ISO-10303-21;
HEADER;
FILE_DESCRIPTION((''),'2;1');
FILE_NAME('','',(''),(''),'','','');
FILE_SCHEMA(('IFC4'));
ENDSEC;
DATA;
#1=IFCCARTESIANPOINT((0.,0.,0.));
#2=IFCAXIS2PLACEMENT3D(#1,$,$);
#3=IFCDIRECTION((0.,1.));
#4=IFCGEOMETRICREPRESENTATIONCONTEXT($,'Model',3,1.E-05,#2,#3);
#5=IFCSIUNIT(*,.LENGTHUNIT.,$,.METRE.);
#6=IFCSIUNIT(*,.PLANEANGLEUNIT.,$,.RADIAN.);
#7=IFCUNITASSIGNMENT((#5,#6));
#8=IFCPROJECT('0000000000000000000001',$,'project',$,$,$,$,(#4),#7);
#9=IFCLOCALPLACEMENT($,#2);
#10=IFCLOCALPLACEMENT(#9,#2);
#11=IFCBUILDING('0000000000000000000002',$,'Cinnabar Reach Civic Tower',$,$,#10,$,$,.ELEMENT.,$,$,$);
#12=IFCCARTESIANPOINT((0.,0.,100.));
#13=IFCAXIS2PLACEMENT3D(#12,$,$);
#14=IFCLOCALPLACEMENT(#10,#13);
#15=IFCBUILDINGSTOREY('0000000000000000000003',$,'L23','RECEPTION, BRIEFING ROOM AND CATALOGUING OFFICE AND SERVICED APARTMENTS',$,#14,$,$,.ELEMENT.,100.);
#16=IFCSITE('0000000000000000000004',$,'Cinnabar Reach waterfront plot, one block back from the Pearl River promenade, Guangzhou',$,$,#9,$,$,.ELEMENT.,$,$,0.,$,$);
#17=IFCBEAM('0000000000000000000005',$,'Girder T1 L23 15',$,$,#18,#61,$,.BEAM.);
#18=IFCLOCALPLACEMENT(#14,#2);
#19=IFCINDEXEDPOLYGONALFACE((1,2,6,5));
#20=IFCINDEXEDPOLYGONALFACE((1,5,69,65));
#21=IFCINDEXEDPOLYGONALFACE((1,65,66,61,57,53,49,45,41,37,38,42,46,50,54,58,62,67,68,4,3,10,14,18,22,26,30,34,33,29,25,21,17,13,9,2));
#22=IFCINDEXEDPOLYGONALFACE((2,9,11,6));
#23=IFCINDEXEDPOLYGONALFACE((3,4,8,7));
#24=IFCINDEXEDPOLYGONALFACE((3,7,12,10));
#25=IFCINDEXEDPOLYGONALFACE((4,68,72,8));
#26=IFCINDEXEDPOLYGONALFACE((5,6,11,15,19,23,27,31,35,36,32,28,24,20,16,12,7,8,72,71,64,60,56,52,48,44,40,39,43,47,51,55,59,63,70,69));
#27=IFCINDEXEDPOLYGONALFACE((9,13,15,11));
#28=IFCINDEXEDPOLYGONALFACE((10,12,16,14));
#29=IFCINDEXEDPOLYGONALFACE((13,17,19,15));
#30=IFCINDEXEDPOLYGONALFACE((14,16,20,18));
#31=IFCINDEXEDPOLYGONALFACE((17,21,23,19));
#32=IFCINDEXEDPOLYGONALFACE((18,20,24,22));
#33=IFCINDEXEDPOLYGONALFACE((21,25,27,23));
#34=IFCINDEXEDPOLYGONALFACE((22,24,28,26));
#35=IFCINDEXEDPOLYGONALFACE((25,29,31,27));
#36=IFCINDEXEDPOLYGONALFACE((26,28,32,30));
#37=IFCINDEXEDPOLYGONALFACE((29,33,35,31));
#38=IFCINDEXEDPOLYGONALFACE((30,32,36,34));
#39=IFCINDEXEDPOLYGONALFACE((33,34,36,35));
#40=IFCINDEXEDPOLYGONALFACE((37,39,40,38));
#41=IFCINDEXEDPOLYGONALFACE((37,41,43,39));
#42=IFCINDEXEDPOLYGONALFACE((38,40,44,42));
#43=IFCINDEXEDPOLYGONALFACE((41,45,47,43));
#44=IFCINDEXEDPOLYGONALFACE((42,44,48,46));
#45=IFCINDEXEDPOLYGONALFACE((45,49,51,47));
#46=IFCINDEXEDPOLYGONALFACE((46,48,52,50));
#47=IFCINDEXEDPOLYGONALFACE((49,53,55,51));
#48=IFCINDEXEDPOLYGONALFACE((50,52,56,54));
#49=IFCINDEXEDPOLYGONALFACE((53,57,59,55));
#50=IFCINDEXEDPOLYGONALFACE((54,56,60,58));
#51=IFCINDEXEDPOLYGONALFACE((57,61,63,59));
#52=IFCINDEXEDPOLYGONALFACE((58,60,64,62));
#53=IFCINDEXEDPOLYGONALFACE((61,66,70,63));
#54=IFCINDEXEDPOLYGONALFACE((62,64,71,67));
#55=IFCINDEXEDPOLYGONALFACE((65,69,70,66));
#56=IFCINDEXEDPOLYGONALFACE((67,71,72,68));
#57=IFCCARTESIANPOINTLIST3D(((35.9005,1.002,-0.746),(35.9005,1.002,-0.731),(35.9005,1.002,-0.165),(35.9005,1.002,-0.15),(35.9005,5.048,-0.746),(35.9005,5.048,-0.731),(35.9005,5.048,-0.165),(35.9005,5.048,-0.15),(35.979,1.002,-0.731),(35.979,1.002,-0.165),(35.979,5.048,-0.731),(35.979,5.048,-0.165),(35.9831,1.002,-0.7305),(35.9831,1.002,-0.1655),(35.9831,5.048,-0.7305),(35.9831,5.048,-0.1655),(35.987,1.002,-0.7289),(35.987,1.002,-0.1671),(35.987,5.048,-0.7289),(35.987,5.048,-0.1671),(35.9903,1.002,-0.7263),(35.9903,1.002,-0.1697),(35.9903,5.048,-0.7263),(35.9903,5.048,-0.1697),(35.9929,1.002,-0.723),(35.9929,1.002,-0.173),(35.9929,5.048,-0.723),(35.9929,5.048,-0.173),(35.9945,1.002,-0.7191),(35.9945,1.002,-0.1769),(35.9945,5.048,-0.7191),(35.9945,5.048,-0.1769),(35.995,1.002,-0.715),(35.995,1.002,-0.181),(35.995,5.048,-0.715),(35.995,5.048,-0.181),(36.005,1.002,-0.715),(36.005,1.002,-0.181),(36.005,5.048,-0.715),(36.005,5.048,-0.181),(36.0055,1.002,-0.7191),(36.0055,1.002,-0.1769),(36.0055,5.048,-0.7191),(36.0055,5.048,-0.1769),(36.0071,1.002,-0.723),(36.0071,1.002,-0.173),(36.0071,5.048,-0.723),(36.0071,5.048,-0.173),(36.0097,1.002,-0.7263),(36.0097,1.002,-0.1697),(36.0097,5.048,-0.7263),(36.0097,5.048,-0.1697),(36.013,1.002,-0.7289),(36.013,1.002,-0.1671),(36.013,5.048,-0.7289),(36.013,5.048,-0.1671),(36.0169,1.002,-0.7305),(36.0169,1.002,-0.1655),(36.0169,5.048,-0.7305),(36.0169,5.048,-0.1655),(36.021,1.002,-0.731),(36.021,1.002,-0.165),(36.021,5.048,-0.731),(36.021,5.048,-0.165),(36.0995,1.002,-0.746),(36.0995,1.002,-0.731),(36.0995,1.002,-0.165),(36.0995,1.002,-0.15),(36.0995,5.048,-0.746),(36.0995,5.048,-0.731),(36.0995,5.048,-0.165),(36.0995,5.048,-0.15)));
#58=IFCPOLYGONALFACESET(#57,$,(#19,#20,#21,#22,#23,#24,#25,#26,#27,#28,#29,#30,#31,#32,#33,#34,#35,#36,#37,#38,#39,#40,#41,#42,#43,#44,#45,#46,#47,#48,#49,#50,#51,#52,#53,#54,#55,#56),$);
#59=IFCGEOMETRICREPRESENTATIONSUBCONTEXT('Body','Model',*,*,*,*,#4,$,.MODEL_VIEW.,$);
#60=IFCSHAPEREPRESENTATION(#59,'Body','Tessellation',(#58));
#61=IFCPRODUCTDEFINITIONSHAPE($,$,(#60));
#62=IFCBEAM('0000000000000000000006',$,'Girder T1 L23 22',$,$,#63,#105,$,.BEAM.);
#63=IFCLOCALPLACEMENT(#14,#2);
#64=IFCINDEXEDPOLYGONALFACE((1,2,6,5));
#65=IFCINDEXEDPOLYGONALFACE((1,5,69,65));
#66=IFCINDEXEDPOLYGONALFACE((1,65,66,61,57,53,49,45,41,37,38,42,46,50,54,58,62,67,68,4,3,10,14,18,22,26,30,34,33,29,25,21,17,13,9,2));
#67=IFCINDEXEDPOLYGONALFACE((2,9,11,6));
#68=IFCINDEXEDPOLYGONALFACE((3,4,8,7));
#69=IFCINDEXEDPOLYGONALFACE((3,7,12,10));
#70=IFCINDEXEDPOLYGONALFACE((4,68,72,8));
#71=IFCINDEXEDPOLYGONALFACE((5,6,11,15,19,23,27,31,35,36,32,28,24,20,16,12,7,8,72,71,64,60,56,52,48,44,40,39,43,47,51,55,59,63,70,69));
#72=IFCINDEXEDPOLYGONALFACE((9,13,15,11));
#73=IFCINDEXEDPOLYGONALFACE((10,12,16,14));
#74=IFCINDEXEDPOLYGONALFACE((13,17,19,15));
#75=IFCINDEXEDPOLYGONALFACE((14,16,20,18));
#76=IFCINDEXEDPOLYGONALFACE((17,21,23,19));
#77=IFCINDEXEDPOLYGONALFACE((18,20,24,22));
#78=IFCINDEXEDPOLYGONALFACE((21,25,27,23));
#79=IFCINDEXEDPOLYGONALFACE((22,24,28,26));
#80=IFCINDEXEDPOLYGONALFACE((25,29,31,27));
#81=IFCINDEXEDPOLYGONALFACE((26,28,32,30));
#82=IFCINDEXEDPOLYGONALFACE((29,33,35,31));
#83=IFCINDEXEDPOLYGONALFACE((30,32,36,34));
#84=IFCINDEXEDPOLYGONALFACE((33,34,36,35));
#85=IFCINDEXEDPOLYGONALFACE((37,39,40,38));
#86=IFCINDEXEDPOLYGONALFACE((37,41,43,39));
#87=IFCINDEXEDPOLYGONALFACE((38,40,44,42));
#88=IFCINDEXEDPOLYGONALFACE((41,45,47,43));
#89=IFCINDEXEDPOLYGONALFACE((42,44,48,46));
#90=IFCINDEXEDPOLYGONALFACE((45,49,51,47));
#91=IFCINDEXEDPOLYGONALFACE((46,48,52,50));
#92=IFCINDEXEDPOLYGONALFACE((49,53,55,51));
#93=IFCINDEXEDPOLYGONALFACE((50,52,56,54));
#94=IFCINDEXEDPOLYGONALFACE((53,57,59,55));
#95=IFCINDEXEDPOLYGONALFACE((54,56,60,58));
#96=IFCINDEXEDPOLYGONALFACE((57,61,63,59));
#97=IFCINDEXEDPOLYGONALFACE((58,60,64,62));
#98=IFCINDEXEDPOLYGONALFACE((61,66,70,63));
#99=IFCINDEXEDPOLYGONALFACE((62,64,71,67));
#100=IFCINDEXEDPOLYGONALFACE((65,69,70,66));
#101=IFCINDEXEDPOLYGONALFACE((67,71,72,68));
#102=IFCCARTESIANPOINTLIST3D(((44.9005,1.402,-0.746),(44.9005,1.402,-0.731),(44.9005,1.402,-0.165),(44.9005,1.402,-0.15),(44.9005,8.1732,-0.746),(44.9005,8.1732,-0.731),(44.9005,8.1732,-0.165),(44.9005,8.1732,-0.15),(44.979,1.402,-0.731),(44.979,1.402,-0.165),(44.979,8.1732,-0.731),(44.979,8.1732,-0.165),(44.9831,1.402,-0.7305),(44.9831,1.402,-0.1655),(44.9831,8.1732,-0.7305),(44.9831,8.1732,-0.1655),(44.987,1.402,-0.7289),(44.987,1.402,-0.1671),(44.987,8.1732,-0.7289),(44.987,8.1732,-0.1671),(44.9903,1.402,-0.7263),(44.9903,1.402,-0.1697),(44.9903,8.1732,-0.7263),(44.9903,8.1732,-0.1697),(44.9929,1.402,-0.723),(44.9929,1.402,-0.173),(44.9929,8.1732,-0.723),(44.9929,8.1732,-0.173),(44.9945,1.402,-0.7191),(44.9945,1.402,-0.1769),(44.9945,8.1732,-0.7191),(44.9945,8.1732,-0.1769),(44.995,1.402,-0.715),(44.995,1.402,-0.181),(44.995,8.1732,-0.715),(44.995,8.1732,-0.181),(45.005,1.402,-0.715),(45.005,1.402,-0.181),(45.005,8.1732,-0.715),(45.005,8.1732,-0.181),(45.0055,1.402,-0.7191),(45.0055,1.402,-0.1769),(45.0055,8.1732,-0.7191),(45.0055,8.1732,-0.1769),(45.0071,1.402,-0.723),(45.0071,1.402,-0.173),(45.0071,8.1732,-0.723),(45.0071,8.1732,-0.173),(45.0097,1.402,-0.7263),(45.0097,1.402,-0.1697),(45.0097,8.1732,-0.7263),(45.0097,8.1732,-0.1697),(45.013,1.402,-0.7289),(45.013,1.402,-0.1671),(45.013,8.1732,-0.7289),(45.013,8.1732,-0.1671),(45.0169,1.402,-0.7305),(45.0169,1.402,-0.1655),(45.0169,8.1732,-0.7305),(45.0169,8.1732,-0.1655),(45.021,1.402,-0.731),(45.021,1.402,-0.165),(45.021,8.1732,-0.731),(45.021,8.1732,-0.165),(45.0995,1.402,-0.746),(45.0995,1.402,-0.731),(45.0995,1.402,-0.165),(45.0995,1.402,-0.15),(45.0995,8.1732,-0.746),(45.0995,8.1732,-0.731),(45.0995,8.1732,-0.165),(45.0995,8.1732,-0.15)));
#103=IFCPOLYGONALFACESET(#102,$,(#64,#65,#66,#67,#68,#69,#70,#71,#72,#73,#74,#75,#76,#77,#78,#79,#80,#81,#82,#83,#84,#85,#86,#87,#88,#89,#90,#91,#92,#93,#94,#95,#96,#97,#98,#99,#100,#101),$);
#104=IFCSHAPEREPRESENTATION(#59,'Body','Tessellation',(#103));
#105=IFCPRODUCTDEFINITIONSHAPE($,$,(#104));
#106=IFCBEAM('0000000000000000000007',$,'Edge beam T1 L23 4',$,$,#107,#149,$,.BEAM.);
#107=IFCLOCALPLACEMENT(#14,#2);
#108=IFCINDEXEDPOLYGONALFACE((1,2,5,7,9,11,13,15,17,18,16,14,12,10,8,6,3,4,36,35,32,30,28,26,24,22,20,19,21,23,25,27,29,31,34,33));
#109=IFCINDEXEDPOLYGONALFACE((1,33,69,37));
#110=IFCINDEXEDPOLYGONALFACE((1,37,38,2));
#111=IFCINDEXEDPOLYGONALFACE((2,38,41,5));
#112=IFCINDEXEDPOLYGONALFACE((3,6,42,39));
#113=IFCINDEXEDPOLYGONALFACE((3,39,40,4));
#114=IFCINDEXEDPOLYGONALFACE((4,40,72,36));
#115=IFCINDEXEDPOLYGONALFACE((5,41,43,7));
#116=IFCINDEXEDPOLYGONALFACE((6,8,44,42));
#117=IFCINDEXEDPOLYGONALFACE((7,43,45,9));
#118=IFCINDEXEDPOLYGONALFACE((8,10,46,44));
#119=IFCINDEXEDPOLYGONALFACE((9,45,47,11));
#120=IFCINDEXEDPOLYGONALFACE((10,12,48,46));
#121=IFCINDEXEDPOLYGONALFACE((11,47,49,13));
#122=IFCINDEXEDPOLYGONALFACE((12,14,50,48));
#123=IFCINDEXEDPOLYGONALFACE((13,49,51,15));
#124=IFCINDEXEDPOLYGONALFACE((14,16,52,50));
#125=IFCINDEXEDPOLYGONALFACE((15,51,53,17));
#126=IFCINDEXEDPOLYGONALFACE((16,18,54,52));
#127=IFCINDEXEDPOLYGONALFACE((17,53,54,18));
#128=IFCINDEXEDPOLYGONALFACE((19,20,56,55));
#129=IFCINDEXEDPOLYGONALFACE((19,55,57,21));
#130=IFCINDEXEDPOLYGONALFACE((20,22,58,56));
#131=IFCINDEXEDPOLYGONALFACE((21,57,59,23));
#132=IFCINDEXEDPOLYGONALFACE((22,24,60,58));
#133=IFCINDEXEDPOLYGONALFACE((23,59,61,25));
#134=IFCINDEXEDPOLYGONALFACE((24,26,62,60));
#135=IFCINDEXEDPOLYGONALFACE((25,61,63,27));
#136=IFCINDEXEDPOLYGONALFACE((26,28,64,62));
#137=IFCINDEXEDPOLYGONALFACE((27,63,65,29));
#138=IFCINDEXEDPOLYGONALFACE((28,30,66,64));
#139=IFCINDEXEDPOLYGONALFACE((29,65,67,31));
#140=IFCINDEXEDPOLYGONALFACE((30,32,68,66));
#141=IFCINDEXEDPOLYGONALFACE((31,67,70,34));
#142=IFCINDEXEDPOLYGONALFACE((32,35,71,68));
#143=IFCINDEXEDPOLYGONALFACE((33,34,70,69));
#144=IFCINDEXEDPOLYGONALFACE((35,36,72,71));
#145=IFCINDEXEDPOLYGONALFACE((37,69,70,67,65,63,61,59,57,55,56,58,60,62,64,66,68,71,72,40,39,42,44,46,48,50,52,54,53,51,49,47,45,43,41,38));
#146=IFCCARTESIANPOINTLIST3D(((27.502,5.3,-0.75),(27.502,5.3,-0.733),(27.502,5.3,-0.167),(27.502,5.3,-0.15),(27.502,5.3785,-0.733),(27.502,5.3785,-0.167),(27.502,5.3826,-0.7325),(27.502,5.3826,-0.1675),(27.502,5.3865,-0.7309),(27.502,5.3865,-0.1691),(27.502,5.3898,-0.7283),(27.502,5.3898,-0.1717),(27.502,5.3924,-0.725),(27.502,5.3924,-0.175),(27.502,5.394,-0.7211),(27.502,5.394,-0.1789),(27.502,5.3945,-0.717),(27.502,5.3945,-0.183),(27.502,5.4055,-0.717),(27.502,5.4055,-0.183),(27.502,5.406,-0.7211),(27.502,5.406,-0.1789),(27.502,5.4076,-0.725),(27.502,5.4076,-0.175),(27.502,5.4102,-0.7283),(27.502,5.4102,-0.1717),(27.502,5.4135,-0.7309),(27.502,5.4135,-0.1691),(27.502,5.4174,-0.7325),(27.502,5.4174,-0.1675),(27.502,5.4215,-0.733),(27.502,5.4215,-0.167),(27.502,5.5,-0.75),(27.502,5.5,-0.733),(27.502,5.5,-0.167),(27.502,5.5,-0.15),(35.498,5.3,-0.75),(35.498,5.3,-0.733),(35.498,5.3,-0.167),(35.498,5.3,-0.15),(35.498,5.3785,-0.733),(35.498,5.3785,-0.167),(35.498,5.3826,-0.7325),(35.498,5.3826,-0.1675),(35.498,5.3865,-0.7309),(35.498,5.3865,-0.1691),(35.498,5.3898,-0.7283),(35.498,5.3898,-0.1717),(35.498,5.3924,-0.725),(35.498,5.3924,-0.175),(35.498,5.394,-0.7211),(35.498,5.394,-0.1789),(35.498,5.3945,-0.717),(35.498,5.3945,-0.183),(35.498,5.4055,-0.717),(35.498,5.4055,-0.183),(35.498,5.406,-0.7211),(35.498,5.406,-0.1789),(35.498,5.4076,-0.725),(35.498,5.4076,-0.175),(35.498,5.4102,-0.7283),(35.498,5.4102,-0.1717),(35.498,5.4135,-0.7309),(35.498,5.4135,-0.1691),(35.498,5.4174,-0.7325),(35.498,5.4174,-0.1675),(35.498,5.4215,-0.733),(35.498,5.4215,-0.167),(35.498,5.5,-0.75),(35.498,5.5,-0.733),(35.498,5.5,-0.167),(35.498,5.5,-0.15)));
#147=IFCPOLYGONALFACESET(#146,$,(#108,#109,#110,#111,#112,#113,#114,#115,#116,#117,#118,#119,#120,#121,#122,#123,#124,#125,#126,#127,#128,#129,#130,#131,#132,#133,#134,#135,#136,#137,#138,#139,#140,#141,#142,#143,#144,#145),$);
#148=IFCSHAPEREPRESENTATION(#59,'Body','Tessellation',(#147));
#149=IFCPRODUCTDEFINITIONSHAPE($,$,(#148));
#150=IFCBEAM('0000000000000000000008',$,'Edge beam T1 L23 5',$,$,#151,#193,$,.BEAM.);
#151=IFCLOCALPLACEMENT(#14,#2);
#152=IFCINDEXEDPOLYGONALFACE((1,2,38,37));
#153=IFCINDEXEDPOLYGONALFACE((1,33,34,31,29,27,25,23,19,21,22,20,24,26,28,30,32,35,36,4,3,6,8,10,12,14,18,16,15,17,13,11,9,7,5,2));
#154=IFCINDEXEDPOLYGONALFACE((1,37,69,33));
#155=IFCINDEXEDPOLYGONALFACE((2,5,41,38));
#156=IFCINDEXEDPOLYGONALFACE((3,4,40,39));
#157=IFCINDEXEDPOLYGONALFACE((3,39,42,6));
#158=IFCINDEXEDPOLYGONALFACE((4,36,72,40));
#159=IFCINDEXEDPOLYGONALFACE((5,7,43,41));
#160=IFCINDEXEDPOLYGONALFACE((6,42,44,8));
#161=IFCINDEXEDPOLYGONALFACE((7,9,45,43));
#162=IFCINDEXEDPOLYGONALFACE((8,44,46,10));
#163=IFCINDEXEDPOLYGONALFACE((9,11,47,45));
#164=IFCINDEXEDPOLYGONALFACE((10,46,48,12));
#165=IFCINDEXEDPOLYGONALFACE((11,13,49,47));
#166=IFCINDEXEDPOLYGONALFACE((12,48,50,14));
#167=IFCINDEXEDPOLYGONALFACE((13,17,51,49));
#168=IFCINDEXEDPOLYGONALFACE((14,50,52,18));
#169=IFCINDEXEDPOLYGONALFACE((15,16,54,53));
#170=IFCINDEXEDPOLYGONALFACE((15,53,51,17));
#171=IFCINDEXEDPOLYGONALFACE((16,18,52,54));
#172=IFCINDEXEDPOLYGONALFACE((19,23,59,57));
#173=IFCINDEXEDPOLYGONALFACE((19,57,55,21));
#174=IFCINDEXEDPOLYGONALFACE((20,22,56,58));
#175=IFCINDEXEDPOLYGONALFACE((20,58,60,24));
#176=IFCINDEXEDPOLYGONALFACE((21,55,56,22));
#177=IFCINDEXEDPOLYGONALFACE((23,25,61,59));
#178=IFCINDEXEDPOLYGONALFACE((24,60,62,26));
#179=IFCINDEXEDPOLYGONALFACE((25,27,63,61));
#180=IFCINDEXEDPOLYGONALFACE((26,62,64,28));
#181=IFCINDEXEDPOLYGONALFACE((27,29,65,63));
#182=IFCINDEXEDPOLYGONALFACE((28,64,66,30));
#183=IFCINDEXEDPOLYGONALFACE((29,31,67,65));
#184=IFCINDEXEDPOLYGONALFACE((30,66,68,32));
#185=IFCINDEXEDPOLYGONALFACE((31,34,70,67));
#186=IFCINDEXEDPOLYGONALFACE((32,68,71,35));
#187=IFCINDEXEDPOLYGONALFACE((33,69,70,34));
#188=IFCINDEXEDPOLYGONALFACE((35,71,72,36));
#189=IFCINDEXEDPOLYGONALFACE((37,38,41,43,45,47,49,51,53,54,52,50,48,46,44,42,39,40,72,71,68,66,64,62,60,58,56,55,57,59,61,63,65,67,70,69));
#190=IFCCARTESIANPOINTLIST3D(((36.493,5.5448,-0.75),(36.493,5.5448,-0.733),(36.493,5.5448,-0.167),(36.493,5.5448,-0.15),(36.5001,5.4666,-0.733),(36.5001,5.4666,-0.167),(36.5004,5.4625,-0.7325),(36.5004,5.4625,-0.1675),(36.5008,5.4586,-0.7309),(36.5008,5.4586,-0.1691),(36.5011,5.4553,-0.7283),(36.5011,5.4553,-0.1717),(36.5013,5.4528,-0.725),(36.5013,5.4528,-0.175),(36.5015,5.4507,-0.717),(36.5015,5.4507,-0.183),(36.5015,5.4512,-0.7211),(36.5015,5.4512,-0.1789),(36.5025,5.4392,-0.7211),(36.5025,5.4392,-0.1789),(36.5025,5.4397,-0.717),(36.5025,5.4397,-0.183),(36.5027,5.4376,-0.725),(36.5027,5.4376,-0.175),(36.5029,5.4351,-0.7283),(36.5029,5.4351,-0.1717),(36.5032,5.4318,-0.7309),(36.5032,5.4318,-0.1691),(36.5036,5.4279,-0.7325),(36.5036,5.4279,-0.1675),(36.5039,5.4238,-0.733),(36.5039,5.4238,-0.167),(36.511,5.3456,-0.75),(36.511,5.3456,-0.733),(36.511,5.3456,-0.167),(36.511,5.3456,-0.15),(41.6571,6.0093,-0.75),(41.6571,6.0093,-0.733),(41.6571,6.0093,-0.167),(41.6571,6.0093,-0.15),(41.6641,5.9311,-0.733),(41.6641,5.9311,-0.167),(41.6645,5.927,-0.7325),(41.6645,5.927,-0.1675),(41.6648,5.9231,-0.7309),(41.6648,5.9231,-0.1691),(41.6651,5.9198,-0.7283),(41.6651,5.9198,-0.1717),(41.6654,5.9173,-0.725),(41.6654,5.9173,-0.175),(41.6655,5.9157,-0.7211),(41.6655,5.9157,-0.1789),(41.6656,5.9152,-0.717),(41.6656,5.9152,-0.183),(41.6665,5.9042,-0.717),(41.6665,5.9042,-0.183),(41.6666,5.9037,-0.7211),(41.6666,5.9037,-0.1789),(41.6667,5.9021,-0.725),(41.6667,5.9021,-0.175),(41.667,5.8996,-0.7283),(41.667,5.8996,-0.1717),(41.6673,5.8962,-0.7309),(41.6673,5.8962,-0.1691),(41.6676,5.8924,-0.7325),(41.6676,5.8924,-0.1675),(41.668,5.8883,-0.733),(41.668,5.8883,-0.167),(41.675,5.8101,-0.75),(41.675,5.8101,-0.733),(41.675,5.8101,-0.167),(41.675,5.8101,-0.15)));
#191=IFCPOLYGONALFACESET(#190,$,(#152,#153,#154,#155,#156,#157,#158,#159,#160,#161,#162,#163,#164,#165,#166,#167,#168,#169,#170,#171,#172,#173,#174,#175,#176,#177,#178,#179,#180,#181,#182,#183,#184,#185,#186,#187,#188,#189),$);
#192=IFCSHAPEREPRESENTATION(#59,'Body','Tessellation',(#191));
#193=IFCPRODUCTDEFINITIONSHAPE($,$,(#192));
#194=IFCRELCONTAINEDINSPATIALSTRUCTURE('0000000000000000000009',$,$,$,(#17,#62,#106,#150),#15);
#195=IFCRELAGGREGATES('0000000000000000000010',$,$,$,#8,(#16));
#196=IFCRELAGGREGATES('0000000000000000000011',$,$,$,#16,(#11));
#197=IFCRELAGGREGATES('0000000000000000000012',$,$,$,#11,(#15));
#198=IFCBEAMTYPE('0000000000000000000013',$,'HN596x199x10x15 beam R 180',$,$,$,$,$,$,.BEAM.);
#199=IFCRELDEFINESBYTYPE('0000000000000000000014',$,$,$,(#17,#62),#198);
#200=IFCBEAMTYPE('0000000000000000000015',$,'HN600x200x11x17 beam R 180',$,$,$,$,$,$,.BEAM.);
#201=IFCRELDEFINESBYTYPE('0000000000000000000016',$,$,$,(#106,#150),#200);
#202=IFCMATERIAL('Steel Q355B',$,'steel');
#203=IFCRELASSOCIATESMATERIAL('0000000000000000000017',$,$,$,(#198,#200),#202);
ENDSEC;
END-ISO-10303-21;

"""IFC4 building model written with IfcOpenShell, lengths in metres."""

from ifc_helpers import new_model, si_unit, direction, frame, origin, origin_2d, place, context, subcontext, project, spatial, i_section, extrude, material, material_profile, profile_set, type_object, element, save


model = new_model("IFC4")

# Units and contexts
model_context = context("Model", 3, precision=1e-05, world=origin(), true_north=direction((0.0, 1.0)))
body_context = subcontext(model_context, "Body", "Model", "MODEL_VIEW")
ifc_project = project(units=[si_unit("LENGTHUNIT", "METRE"), si_unit("PLANEANGLEUNIT", "RADIAN")], contexts=[model_context])

# Site, building, storey
site_placement = place(None, origin())
site = spatial("IfcSite", under=ifc_project, at=site_placement, Name="Cinnabar Reach waterfront plot, one block back from the Pearl River promenade, Guangzhou", CompositionType="ELEMENT", RefElevation=0.0)
building_placement = place(site_placement, origin())
building = spatial("IfcBuilding", under=site, at=building_placement, Name="Cinnabar Reach Civic Tower", CompositionType="ELEMENT")
storey_placement = place(building_placement, frame((0.0, 0.0, 100.0)))
storey = spatial("IfcBuildingStorey", under=building, at=storey_placement, Name="L23", Description="RECEPTION, BRIEFING ROOM AND CATALOGUING OFFICE AND SERVICED APARTMENTS", CompositionType="ELEMENT", Elevation=100.0)

# Beams
ifc_material_1 = material(Name="Steel Q355B", Category="steel")
ifc_material_profile_1 = material_profile(ifc_material_1, i_section(OverallWidth=0.199, OverallDepth=0.596, WebThickness=0.01, FlangeThickness=0.015, FilletRadius=0.016, at=origin_2d()), Name="HN596x199x10x15")
ifc_profile_set_1 = profile_set([ifc_material_profile_1], Name="Steel Q355B")
beam_type_1 = type_object("IfcBeamType", Name="HN596x199x10x15 beam R 180", PredefinedType="BEAM", material=ifc_profile_set_1)
beam_1_placement = place(storey_placement, frame((36.0, 1.002, -0.448), z_axis=(0.0, 1.0, 0.0), x_axis=(-1.0, 0.0, 0.0)))
element("IfcBeam", 1, at=beam_1_placement, inside=storey, type_object=beam_type_1, Name="Girder T1 L23 15", PredefinedType="BEAM", context=body_context, shape_type="SweptSolid", body=[
    extrude(i_section(OverallWidth=0.199, OverallDepth=0.596, WebThickness=0.01, FlangeThickness=0.015, FilletRadius=0.016, at=origin_2d()), origin(), (0.0, 0.0, 1.0), 4.046),
])
beam_2_placement = place(storey_placement, frame((45.0, 1.402, -0.448), z_axis=(0.0, 1.0, 0.0), x_axis=(-1.0, 0.0, 0.0)))
element("IfcBeam", 2, at=beam_2_placement, inside=storey, type_object=beam_type_1, Name="Girder T1 L23 22", PredefinedType="BEAM", context=body_context, shape_type="SweptSolid", body=[
    extrude(i_section(OverallWidth=0.199, OverallDepth=0.596, WebThickness=0.01, FlangeThickness=0.015, FilletRadius=0.016, at=origin_2d()), origin(), (0.0, 0.0, 1.0), 6.7712),
])
ifc_material_profile_2 = material_profile(ifc_material_1, i_section(OverallWidth=0.2, OverallDepth=0.6, WebThickness=0.011, FlangeThickness=0.017, FilletRadius=0.016, at=origin_2d()), Name="HN600x200x11x17")
ifc_profile_set_2 = profile_set([ifc_material_profile_2], Name="Steel Q355B")
beam_type_2 = type_object("IfcBeamType", Name="HN600x200x11x17 beam R 180", PredefinedType="BEAM", material=ifc_profile_set_2)
beam_3_placement = place(storey_placement, frame((27.502, 5.4, -0.45), z_axis=(1.0, 0.0, 0.0), x_axis=(0.0, 1.0, 0.0)))
element("IfcBeam", 3, at=beam_3_placement, inside=storey, type_object=beam_type_2, Name="Edge beam T1 L23 4", PredefinedType="BEAM", context=body_context, shape_type="SweptSolid", body=[
    extrude(i_section(OverallWidth=0.2, OverallDepth=0.6, WebThickness=0.011, FlangeThickness=0.017, FilletRadius=0.016, at=origin_2d()), origin(), (0.0, 0.0, 1.0), 7.996),
])
beam_4_placement = place(storey_placement, frame((36.502, 5.4452, -0.45), z_axis=(0.995979, 0.089586, 0.0), x_axis=(-0.089586, 0.995979, 0.0)))
element("IfcBeam", 4, at=beam_4_placement, inside=storey, type_object=beam_type_2, Name="Edge beam T1 L23 5", PredefinedType="BEAM", context=body_context, shape_type="SweptSolid", body=[
    extrude(i_section(OverallWidth=0.2, OverallDepth=0.6, WebThickness=0.011, FlangeThickness=0.017, FilletRadius=0.016, at=origin_2d()), origin(), (0.0, 0.0, 1.0), 5.1849),
])

save(model, "model.ifc")
